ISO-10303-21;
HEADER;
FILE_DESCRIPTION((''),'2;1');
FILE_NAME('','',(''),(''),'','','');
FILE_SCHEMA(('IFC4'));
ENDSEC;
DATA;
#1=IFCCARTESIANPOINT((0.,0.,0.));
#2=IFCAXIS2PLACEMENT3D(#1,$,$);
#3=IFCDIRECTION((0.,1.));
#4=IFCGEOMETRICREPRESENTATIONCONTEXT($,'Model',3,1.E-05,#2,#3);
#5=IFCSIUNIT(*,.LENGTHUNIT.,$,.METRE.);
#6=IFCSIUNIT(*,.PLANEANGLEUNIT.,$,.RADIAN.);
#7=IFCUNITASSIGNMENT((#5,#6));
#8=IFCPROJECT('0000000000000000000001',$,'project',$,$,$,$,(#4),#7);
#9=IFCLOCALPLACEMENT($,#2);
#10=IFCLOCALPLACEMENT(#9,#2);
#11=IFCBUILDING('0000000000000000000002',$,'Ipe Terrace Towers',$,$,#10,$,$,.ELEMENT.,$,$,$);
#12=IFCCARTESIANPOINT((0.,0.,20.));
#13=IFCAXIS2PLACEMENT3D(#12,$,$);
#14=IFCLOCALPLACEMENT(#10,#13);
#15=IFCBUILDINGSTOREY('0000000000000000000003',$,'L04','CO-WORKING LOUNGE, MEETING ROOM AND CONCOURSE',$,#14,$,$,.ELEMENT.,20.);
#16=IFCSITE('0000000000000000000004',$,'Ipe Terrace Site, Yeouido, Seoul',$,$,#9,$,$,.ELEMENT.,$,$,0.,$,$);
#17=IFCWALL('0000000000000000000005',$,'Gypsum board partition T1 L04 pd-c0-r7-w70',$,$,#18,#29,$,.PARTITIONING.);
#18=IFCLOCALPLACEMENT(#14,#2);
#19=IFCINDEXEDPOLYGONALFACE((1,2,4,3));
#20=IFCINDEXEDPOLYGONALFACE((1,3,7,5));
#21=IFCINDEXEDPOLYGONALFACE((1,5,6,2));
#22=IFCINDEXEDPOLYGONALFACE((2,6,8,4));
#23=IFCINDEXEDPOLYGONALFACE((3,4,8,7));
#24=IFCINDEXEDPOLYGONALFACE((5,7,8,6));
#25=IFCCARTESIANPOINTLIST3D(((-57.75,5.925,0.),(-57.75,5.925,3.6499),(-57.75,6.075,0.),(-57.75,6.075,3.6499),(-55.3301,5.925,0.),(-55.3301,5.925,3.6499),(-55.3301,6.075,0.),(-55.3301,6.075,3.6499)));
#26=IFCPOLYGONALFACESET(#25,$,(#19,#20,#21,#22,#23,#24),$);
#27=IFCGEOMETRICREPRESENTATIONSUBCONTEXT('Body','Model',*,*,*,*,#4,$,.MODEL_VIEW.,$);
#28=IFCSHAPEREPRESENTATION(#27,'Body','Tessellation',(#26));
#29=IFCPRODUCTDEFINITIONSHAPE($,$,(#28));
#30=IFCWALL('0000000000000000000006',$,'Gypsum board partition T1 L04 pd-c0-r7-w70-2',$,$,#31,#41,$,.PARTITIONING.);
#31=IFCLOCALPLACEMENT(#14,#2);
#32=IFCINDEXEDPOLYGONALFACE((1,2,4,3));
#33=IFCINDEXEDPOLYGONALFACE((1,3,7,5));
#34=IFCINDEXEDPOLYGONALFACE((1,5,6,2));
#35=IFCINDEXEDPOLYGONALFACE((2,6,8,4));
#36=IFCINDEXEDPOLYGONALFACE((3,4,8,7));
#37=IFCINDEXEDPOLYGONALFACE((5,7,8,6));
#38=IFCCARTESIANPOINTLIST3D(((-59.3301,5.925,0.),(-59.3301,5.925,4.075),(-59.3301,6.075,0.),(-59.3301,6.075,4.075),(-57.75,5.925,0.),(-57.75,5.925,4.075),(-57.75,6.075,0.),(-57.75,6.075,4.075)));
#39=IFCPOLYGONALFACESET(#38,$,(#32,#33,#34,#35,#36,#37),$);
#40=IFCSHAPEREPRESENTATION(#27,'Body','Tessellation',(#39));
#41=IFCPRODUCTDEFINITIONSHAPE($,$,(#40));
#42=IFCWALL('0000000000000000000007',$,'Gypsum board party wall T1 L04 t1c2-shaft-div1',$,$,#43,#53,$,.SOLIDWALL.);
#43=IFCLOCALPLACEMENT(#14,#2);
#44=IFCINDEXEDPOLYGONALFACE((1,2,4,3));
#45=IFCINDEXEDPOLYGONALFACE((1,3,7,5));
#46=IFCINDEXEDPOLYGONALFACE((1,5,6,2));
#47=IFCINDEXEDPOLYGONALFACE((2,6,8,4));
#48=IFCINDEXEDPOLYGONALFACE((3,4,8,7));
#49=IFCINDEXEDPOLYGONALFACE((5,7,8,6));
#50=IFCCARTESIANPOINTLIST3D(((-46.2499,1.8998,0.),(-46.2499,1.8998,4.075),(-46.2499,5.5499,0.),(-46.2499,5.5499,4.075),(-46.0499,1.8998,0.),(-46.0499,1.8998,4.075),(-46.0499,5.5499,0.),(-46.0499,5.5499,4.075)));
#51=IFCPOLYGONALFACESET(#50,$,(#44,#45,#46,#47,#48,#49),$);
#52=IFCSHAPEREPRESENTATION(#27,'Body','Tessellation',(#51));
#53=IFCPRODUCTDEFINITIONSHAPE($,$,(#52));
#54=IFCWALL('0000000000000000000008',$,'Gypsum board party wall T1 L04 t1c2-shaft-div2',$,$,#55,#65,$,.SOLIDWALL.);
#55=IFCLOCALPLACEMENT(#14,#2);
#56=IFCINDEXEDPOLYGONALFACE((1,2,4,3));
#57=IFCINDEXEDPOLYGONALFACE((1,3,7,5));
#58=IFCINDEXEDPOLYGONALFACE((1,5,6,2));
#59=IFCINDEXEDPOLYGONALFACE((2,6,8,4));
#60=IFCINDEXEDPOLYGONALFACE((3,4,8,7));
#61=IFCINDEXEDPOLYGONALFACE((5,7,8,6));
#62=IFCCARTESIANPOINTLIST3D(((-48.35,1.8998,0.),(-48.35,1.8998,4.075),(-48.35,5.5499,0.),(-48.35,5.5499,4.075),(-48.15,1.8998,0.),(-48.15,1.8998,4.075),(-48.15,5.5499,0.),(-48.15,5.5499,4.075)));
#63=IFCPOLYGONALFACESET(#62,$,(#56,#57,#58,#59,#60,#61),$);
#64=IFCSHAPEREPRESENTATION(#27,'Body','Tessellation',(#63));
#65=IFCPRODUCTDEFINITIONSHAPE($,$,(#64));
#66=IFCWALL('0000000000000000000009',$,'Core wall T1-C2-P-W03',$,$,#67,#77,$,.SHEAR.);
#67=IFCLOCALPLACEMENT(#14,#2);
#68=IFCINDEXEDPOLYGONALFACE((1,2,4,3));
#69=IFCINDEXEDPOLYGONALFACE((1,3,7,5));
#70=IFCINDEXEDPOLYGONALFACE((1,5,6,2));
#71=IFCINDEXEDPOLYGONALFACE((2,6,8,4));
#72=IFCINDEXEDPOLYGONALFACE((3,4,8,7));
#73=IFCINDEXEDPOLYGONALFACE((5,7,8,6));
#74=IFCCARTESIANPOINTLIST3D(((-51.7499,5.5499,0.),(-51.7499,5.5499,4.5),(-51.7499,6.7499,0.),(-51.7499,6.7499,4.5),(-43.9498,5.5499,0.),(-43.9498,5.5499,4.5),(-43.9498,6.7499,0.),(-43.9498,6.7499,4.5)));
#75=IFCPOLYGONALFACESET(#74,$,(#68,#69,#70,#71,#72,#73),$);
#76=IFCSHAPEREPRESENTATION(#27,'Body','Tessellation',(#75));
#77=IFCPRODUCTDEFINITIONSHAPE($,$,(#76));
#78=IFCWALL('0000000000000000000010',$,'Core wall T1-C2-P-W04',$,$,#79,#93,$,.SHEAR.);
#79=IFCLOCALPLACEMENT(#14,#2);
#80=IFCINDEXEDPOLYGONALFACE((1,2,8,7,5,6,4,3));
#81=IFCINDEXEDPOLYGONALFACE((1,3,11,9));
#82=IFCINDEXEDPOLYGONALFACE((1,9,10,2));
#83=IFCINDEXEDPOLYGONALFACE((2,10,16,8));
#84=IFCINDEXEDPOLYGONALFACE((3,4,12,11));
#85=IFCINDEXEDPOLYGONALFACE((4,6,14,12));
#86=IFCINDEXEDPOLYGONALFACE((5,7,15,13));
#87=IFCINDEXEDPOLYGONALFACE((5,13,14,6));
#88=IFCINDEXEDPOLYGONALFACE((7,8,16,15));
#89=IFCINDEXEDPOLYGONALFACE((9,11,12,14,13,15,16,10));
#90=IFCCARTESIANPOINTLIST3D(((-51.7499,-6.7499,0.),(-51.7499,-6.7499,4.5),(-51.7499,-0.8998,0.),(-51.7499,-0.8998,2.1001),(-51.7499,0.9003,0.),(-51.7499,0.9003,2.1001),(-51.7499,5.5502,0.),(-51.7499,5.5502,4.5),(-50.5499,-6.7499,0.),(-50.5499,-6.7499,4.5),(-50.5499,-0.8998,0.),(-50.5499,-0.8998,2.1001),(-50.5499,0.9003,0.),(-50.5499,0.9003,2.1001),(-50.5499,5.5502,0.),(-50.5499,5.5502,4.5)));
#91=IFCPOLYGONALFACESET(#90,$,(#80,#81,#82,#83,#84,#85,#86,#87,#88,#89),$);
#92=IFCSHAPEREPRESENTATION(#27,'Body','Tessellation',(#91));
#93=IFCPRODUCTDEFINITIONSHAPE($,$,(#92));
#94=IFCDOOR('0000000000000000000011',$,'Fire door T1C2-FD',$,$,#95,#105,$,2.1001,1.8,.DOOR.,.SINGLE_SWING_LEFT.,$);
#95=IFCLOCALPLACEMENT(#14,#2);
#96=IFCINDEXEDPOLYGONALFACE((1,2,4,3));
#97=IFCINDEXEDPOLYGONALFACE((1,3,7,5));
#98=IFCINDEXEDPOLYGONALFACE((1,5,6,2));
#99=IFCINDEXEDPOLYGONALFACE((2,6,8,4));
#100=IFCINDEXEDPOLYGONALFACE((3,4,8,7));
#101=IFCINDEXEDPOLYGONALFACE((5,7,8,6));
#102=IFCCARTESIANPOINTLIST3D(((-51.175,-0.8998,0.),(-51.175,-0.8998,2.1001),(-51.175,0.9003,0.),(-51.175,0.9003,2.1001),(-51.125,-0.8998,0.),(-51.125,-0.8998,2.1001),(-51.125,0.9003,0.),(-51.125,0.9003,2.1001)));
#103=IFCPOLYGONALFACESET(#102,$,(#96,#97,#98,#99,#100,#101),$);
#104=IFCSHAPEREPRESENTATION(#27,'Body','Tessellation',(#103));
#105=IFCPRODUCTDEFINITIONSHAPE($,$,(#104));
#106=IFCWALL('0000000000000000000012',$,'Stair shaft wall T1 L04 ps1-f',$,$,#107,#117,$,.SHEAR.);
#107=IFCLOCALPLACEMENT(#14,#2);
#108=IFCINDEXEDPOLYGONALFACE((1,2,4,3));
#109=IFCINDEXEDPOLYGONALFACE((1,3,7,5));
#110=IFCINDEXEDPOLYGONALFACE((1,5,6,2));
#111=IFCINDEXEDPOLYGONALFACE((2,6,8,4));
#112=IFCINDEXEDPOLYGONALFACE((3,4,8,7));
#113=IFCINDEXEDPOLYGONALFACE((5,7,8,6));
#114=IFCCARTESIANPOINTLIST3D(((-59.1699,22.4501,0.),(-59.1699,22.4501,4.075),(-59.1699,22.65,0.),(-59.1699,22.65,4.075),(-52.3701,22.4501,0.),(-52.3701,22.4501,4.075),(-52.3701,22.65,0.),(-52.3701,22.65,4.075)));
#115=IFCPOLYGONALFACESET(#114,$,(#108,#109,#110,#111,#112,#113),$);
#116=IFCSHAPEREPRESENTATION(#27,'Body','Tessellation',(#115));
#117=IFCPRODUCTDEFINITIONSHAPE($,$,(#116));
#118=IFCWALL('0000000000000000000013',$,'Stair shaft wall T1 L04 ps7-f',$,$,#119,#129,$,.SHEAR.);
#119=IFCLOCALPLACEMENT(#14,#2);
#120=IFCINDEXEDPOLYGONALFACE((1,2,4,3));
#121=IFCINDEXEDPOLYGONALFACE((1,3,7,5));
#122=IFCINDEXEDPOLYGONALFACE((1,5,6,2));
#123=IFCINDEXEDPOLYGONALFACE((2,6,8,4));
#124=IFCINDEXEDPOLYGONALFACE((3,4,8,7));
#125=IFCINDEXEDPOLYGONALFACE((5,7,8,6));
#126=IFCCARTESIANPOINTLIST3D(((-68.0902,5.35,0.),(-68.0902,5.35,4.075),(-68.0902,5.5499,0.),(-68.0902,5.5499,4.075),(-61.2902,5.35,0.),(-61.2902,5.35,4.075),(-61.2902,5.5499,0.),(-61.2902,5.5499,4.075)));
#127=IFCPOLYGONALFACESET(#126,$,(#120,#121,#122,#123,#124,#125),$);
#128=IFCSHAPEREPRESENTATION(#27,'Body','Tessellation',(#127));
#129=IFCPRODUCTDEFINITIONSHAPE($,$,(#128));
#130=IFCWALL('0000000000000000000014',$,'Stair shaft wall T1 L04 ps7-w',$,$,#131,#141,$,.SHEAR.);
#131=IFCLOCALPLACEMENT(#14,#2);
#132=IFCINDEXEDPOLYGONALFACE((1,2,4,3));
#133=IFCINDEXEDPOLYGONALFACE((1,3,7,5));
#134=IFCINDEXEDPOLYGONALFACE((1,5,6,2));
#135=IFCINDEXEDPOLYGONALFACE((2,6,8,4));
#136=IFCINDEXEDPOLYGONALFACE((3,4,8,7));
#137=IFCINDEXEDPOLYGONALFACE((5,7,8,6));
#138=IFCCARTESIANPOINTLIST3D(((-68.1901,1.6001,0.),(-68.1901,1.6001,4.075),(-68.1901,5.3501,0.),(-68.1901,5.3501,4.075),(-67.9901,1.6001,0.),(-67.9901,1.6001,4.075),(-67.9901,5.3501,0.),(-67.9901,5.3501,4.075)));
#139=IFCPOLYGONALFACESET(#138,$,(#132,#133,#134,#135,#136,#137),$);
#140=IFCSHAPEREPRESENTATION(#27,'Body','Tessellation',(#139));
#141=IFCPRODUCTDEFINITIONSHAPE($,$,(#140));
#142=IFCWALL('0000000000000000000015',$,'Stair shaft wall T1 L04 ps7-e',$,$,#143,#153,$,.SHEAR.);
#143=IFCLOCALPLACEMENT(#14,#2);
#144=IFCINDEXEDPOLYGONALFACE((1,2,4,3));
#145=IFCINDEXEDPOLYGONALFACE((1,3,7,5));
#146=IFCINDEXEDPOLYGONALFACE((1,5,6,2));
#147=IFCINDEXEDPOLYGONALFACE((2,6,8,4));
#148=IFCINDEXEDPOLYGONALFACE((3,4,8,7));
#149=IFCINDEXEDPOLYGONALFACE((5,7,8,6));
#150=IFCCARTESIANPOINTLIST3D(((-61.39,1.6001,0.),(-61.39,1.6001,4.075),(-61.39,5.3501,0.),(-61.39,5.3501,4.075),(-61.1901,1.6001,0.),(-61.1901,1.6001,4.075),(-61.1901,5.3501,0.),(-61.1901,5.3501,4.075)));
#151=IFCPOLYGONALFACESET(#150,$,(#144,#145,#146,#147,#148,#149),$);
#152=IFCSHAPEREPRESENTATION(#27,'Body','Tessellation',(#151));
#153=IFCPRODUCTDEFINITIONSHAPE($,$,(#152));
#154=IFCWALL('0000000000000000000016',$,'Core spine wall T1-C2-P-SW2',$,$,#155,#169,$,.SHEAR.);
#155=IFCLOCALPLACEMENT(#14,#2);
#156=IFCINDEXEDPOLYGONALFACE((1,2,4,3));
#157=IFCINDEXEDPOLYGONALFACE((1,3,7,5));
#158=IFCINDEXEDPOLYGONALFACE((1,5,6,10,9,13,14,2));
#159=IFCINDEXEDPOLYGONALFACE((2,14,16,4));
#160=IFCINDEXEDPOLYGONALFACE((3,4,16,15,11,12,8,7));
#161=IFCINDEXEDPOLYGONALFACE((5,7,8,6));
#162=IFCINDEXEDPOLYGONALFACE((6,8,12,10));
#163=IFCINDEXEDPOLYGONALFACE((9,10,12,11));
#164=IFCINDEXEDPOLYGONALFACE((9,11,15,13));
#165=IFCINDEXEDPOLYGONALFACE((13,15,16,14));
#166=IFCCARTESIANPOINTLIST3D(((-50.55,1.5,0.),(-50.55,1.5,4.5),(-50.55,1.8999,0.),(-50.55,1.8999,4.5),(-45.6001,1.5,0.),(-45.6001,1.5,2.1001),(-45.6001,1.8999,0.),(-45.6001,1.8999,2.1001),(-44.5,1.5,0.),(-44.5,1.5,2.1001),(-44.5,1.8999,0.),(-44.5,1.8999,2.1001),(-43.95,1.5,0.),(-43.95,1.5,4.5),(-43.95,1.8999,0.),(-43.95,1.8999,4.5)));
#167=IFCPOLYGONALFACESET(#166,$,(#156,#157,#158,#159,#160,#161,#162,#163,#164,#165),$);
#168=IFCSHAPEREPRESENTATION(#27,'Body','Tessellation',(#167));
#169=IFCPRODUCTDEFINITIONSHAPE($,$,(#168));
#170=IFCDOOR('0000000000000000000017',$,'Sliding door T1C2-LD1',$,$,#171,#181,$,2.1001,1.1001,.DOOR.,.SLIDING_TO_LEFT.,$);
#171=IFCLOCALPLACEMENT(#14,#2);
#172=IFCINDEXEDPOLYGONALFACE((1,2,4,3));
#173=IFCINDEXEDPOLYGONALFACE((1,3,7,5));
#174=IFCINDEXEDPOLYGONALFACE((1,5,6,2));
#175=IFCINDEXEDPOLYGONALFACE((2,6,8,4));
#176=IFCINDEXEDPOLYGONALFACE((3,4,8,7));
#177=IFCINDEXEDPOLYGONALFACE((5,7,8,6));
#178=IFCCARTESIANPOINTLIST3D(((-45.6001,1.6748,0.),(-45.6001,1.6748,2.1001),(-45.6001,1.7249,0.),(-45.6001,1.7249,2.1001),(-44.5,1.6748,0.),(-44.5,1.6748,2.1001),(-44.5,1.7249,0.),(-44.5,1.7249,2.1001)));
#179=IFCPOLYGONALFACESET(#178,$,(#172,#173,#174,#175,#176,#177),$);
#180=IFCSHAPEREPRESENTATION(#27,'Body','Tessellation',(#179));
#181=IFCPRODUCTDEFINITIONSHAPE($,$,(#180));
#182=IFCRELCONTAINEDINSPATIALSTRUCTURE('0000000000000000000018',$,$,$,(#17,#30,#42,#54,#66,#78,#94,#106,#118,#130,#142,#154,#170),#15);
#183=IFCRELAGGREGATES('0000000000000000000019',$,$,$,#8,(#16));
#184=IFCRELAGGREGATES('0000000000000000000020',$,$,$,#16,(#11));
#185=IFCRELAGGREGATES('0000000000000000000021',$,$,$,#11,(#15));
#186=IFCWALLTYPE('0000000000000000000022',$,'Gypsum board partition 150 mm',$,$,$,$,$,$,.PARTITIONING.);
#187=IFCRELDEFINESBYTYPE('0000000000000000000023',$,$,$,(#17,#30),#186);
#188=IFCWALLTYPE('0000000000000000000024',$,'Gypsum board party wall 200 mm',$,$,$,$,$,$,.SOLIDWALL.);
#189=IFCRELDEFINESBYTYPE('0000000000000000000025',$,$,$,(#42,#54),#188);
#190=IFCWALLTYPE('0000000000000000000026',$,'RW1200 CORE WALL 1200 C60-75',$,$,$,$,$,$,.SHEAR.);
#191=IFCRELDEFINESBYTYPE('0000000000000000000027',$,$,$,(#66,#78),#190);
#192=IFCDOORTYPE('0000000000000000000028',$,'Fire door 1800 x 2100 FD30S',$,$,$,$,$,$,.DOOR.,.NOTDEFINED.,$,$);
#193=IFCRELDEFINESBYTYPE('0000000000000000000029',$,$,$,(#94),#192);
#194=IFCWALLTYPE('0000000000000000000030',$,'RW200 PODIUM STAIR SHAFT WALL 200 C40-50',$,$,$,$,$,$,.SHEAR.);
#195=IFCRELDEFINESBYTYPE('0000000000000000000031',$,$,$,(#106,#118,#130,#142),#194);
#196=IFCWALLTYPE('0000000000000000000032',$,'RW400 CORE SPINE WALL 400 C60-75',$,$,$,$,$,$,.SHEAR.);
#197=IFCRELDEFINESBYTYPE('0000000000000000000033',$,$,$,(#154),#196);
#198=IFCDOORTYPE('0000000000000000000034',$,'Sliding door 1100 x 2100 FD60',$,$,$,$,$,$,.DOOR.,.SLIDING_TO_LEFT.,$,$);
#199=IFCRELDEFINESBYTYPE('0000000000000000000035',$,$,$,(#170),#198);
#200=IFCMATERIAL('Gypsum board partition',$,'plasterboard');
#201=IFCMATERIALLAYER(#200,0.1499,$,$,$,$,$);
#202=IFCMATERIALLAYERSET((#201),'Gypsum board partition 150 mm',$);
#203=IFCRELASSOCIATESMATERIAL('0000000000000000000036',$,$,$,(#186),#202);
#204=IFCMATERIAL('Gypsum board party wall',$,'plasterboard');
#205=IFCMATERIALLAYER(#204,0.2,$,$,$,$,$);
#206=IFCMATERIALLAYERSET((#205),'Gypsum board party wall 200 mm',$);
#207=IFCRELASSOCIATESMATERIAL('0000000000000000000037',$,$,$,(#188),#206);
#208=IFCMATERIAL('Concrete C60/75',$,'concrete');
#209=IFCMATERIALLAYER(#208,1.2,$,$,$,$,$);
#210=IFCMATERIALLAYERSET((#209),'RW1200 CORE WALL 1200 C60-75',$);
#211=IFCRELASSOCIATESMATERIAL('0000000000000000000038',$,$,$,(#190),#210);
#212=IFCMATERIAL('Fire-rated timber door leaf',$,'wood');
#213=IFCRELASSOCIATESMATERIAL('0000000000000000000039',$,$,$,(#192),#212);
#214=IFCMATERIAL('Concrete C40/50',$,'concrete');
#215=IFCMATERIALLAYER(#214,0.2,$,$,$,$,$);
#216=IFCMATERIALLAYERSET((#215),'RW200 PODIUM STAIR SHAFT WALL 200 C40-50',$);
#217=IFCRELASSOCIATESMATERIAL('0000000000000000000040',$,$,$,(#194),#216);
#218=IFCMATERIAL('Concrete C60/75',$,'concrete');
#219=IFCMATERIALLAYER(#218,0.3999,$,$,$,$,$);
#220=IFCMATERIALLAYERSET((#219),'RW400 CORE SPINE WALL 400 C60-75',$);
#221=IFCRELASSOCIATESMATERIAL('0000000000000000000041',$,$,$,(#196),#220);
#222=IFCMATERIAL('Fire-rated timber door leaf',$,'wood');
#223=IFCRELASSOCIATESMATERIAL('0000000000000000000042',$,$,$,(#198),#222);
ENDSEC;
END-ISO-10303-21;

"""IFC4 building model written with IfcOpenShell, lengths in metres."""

from ifc_helpers import new_model, si_unit, direction, frame, frame_2d, origin, place, context, subcontext, project, spatial, rectangle, extrude, material, layer, layer_set, type_object, element, fill, save


model = new_model("IFC4")

# Units and contexts
model_context = context("Model", 3, precision=1e-05, world=origin(), true_north=direction((0.0, 1.0)))
body_context = subcontext(model_context, "Body", "Model", "MODEL_VIEW")
ifc_project = project(units=[si_unit("LENGTHUNIT", "METRE"), si_unit("PLANEANGLEUNIT", "RADIAN")], contexts=[model_context])

# Site, building, storey
site_placement = place(None, origin())
site = spatial("IfcSite", under=ifc_project, at=site_placement, Name="Ipe Terrace Site, Yeouido, Seoul", CompositionType="ELEMENT", RefElevation=0.0)
building_placement = place(site_placement, origin())
building = spatial("IfcBuilding", under=site, at=building_placement, Name="Ipe Terrace Towers", CompositionType="ELEMENT")
storey_placement = place(building_placement, frame((0.0, 0.0, 20.0)))
storey = spatial("IfcBuildingStorey", under=building, at=storey_placement, Name="L04", Description="CO-WORKING LOUNGE, MEETING ROOM AND CONCOURSE", CompositionType="ELEMENT", Elevation=20.0)

# Walls
ifc_material_1 = material(Name="Gypsum board partition", Category="plasterboard")
ifc_layer_1 = layer(ifc_material_1, 0.1499)
ifc_layer_set_1 = layer_set([ifc_layer_1], Name="Gypsum board partition 150 mm")
wall_type_1 = type_object("IfcWallType", Name="Gypsum board partition 150 mm", PredefinedType="PARTITIONING", material=ifc_layer_set_1)
wall_1_placement = place(storey_placement, frame((-55.3301, 6.0, 0.0), z_axis=(0.0, 0.0, 1.0), x_axis=(-1.0, 0.0, 0.0)))
element("IfcWall", 1, at=wall_1_placement, inside=storey, type_object=wall_type_1, Name="Gypsum board partition T1 L04 pd-c0-r7-w70", PredefinedType="PARTITIONING", context=body_context, shape_type="SweptSolid", body=[
    extrude(rectangle(XDim=2.4199, YDim=0.1499, at=frame_2d((1.21, 0.0))), origin(), (0.0, 0.0, 1.0), 3.6499),
])
wall_2_placement = place(storey_placement, frame((-57.75, 6.0, 0.0), z_axis=(0.0, 0.0, 1.0), x_axis=(-1.0, 0.0, 0.0)))
element("IfcWall", 2, at=wall_2_placement, inside=storey, type_object=wall_type_1, Name="Gypsum board partition T1 L04 pd-c0-r7-w70-2", PredefinedType="PARTITIONING", context=body_context, shape_type="SweptSolid", body=[
    extrude(rectangle(XDim=1.5801, YDim=0.1499, at=frame_2d((0.79, 0.0))), origin(), (0.0, 0.0, 1.0), 4.075),
])
ifc_material_2 = material(Name="Gypsum board party wall", Category="plasterboard")
ifc_layer_2 = layer(ifc_material_2, 0.2)
ifc_layer_set_2 = layer_set([ifc_layer_2], Name="Gypsum board party wall 200 mm")
wall_type_2 = type_object("IfcWallType", Name="Gypsum board party wall 200 mm", PredefinedType="SOLIDWALL", material=ifc_layer_set_2)
for number, where, z_axis, x_axis, name in (
    (3, (-46.1499, 5.55, 0.0), (0.0, 0.0, 1.0), (0.0, -1.0, 0.0), "Gypsum board party wall T1 L04 t1c2-shaft-div1"),
    (4, (-48.25, 5.55, 0.0), (0.0, 0.0, 1.0), (0.0, -1.0, 0.0), "Gypsum board party wall T1 L04 t1c2-shaft-div2"),
):
    element("IfcWall", number, at=place(storey_placement, frame(where, z_axis=z_axis, x_axis=x_axis)), inside=storey, type_object=wall_type_2, Name=name, PredefinedType="SOLIDWALL", context=body_context, shape_type="SweptSolid", body=[
        extrude(rectangle(XDim=3.6501, YDim=0.2, at=frame_2d((1.8252, 0.0))), origin(), (0.0, 0.0, 1.0), 4.075),
    ])
ifc_material_3 = material(Name="Concrete C60/75", Category="concrete")
ifc_layer_3 = layer(ifc_material_3, 1.2)
ifc_layer_set_3 = layer_set([ifc_layer_3], Name="RW1200 CORE WALL 1200 C60-75")
wall_type_3 = type_object("IfcWallType", Name="RW1200 CORE WALL 1200 C60-75", PredefinedType="SHEAR", material=ifc_layer_set_3)
wall_3_placement = place(storey_placement, frame((-43.95, 6.1499, 0.0), z_axis=(0.0, 0.0, 1.0), x_axis=(-1.0, 0.0, 0.0)))
element("IfcWall", 5, at=wall_3_placement, inside=storey, type_object=wall_type_3, Name="Core wall T1-C2-P-W03", PredefinedType="SHEAR", context=body_context, shape_type="SweptSolid", body=[
    extrude(rectangle(XDim=7.8, YDim=1.2, at=frame_2d((3.8999, 0.0))), origin(), (0.0, 0.0, 1.0), 4.5),
])

# Wall, opening, door
wall_4_placement = place(storey_placement, frame((-51.1499, 5.55, 0.0), z_axis=(0.0, 0.0, 1.0), x_axis=(0.0, -1.0, 0.0)))
wall_4 = element("IfcWall", 6, at=wall_4_placement, inside=storey, type_object=wall_type_3, Name="Core wall T1-C2-P-W04", PredefinedType="SHEAR", context=body_context, shape_type="SweptSolid", body=[
    extrude(rectangle(XDim=12.3, YDim=1.2, at=frame_2d((6.1499, 0.0))), origin(), (0.0, 0.0, 1.0), 4.5),
])
opening_1_placement = place(wall_4_placement, frame((4.6499, 0.0, 0.0)))
opening_1 = element("IfcOpeningElement", 7, at=opening_1_placement, cuts=wall_4, PredefinedType="OPENING", context=body_context, shape_type="SweptSolid", body=[
    extrude(rectangle(XDim=1.8, YDim=2.1001, at=frame_2d((0.8999, 1.05))), frame((0.0, 0.6099, 0.0), z_axis=(0.0, -1.0, 0.0), x_axis=(1.0, 0.0, 0.0)), (0.0, 0.0, 1.0), 1.22),
])
ifc_material_4 = material(Name="Fire-rated timber door leaf", Category="wood")
door_type_1 = type_object("IfcDoorType", Name="Fire door 1800 x 2100 FD30S", OperationType="NOTDEFINED", PredefinedType="DOOR", material=ifc_material_4)
door_1_placement = place(opening_1_placement, origin())
door_1 = element("IfcDoor", 8, at=door_1_placement, inside=storey, type_object=door_type_1, Name="Fire door T1C2-FD", OperationType="SINGLE_SWING_LEFT", OverallHeight=2.1001, OverallWidth=1.8, PredefinedType="DOOR", context=body_context, shape_type="SweptSolid", body=[
    extrude(rectangle(XDim=1.8, YDim=2.1001, at=frame_2d((0.8999, 1.05))), frame((0.0, 0.0249, 0.0), z_axis=(0.0, -1.0, 0.0), x_axis=(1.0, 0.0, 0.0)), (0.0, 0.0, 1.0), 0.05),
])
fill(opening_1, door_1)

# Walls
ifc_material_5 = material(Name="Concrete C40/50", Category="concrete")
ifc_layer_4 = layer(ifc_material_5, 0.2)
ifc_layer_set_4 = layer_set([ifc_layer_4], Name="RW200 PODIUM STAIR SHAFT WALL 200 C40-50")
wall_type_4 = type_object("IfcWallType", Name="RW200 PODIUM STAIR SHAFT WALL 200 C40-50", PredefinedType="SHEAR", material=ifc_layer_set_4)
wall_5_placement = place(storey_placement, frame((-59.1699, 22.55, 0.0), z_axis=(0.0, 0.0, 1.0), x_axis=(1.0, 0.0, 0.0)))
element("IfcWall", 9, at=wall_5_placement, inside=storey, type_object=wall_type_4, Name="Stair shaft wall T1 L04 ps1-f", PredefinedType="SHEAR", context=body_context, shape_type="SweptSolid", body=[
    extrude(rectangle(XDim=6.7998, YDim=0.2, at=frame_2d((3.3999, 0.0))), origin(), (0.0, 0.0, 1.0), 4.075),
])
wall_6_placement = place(storey_placement, frame((-68.0901, 5.45, 0.0), z_axis=(0.0, 0.0, 1.0), x_axis=(1.0, 0.0, 0.0)))
element("IfcWall", 10, at=wall_6_placement, inside=storey, type_object=wall_type_4, Name="Stair shaft wall T1 L04 ps7-f", PredefinedType="SHEAR", context=body_context, shape_type="SweptSolid", body=[
    extrude(rectangle(XDim=6.8, YDim=0.2, at=frame_2d((3.3999, 0.0))), origin(), (0.0, 0.0, 1.0), 4.075),
])
for number, where, z_axis, x_axis, name in (
    (11, (-68.0901, 1.6001, 0.0), (0.0, 0.0, 1.0), (0.0, 1.0, 0.0), "Stair shaft wall T1 L04 ps7-w"),
    (12, (-61.29, 1.6001, 0.0), (0.0, 0.0, 1.0), (0.0, 1.0, 0.0), "Stair shaft wall T1 L04 ps7-e"),
):
    element("IfcWall", number, at=place(storey_placement, frame(where, z_axis=z_axis, x_axis=x_axis)), inside=storey, type_object=wall_type_4, Name=name, PredefinedType="SHEAR", context=body_context, shape_type="SweptSolid", body=[
        extrude(rectangle(XDim=3.75, YDim=0.2, at=frame_2d((1.875, 0.0))), origin(), (0.0, 0.0, 1.0), 4.075),
    ])

# Wall, opening, door
ifc_material_6 = material(Name="Concrete C60/75", Category="concrete")
ifc_layer_5 = layer(ifc_material_6, 0.3999)
ifc_layer_set_5 = layer_set([ifc_layer_5], Name="RW400 CORE SPINE WALL 400 C60-75")
wall_type_5 = type_object("IfcWallType", Name="RW400 CORE SPINE WALL 400 C60-75", PredefinedType="SHEAR", material=ifc_layer_set_5)
wall_7_placement = place(storey_placement, frame((-50.55, 1.7, 0.0), z_axis=(0.0, 0.0, 1.0), x_axis=(1.0, 0.0, 0.0)))
wall_7 = element("IfcWall", 13, at=wall_7_placement, inside=storey, type_object=wall_type_5, Name="Core spine wall T1-C2-P-SW2", PredefinedType="SHEAR", context=body_context, shape_type="SweptSolid", body=[
    extrude(rectangle(XDim=6.6001, YDim=0.3999, at=frame_2d((3.3, 0.0))), origin(), (0.0, 0.0, 1.0), 4.5),
])
opening_2_placement = place(wall_7_placement, frame((4.95, 0.0, 0.0)))
opening_2 = element("IfcOpeningElement", 14, at=opening_2_placement, cuts=wall_7, PredefinedType="OPENING", context=body_context, shape_type="SweptSolid", body=[
    extrude(rectangle(XDim=1.1001, YDim=2.1001, at=frame_2d((0.55, 1.05))), frame((0.0, 0.21, 0.0), z_axis=(0.0, -1.0, 0.0), x_axis=(1.0, 0.0, 0.0)), (0.0, 0.0, 1.0), 0.4199),
])
ifc_material_7 = material(Name="Fire-rated timber door leaf", Category="wood")
door_type_2 = type_object("IfcDoorType", Name="Sliding door 1100 x 2100 FD60", OperationType="SLIDING_TO_LEFT", PredefinedType="DOOR", material=ifc_material_7)
door_2_placement = place(opening_2_placement, origin())
door_2 = element("IfcDoor", 15, at=door_2_placement, inside=storey, type_object=door_type_2, Name="Sliding door T1C2-LD1", OperationType="SLIDING_TO_LEFT", OverallHeight=2.1001, OverallWidth=1.1001, PredefinedType="DOOR", context=body_context, shape_type="SweptSolid", body=[
    extrude(rectangle(XDim=1.1001, YDim=2.1001, at=frame_2d((0.55, 1.05))), frame((0.0, 0.0249, 0.0), z_axis=(0.0, -1.0, 0.0), x_axis=(1.0, 0.0, 0.0)), (0.0, 0.0, 1.0), 0.05),
])
fill(opening_2, door_2)

save(model, "model.ifc")
